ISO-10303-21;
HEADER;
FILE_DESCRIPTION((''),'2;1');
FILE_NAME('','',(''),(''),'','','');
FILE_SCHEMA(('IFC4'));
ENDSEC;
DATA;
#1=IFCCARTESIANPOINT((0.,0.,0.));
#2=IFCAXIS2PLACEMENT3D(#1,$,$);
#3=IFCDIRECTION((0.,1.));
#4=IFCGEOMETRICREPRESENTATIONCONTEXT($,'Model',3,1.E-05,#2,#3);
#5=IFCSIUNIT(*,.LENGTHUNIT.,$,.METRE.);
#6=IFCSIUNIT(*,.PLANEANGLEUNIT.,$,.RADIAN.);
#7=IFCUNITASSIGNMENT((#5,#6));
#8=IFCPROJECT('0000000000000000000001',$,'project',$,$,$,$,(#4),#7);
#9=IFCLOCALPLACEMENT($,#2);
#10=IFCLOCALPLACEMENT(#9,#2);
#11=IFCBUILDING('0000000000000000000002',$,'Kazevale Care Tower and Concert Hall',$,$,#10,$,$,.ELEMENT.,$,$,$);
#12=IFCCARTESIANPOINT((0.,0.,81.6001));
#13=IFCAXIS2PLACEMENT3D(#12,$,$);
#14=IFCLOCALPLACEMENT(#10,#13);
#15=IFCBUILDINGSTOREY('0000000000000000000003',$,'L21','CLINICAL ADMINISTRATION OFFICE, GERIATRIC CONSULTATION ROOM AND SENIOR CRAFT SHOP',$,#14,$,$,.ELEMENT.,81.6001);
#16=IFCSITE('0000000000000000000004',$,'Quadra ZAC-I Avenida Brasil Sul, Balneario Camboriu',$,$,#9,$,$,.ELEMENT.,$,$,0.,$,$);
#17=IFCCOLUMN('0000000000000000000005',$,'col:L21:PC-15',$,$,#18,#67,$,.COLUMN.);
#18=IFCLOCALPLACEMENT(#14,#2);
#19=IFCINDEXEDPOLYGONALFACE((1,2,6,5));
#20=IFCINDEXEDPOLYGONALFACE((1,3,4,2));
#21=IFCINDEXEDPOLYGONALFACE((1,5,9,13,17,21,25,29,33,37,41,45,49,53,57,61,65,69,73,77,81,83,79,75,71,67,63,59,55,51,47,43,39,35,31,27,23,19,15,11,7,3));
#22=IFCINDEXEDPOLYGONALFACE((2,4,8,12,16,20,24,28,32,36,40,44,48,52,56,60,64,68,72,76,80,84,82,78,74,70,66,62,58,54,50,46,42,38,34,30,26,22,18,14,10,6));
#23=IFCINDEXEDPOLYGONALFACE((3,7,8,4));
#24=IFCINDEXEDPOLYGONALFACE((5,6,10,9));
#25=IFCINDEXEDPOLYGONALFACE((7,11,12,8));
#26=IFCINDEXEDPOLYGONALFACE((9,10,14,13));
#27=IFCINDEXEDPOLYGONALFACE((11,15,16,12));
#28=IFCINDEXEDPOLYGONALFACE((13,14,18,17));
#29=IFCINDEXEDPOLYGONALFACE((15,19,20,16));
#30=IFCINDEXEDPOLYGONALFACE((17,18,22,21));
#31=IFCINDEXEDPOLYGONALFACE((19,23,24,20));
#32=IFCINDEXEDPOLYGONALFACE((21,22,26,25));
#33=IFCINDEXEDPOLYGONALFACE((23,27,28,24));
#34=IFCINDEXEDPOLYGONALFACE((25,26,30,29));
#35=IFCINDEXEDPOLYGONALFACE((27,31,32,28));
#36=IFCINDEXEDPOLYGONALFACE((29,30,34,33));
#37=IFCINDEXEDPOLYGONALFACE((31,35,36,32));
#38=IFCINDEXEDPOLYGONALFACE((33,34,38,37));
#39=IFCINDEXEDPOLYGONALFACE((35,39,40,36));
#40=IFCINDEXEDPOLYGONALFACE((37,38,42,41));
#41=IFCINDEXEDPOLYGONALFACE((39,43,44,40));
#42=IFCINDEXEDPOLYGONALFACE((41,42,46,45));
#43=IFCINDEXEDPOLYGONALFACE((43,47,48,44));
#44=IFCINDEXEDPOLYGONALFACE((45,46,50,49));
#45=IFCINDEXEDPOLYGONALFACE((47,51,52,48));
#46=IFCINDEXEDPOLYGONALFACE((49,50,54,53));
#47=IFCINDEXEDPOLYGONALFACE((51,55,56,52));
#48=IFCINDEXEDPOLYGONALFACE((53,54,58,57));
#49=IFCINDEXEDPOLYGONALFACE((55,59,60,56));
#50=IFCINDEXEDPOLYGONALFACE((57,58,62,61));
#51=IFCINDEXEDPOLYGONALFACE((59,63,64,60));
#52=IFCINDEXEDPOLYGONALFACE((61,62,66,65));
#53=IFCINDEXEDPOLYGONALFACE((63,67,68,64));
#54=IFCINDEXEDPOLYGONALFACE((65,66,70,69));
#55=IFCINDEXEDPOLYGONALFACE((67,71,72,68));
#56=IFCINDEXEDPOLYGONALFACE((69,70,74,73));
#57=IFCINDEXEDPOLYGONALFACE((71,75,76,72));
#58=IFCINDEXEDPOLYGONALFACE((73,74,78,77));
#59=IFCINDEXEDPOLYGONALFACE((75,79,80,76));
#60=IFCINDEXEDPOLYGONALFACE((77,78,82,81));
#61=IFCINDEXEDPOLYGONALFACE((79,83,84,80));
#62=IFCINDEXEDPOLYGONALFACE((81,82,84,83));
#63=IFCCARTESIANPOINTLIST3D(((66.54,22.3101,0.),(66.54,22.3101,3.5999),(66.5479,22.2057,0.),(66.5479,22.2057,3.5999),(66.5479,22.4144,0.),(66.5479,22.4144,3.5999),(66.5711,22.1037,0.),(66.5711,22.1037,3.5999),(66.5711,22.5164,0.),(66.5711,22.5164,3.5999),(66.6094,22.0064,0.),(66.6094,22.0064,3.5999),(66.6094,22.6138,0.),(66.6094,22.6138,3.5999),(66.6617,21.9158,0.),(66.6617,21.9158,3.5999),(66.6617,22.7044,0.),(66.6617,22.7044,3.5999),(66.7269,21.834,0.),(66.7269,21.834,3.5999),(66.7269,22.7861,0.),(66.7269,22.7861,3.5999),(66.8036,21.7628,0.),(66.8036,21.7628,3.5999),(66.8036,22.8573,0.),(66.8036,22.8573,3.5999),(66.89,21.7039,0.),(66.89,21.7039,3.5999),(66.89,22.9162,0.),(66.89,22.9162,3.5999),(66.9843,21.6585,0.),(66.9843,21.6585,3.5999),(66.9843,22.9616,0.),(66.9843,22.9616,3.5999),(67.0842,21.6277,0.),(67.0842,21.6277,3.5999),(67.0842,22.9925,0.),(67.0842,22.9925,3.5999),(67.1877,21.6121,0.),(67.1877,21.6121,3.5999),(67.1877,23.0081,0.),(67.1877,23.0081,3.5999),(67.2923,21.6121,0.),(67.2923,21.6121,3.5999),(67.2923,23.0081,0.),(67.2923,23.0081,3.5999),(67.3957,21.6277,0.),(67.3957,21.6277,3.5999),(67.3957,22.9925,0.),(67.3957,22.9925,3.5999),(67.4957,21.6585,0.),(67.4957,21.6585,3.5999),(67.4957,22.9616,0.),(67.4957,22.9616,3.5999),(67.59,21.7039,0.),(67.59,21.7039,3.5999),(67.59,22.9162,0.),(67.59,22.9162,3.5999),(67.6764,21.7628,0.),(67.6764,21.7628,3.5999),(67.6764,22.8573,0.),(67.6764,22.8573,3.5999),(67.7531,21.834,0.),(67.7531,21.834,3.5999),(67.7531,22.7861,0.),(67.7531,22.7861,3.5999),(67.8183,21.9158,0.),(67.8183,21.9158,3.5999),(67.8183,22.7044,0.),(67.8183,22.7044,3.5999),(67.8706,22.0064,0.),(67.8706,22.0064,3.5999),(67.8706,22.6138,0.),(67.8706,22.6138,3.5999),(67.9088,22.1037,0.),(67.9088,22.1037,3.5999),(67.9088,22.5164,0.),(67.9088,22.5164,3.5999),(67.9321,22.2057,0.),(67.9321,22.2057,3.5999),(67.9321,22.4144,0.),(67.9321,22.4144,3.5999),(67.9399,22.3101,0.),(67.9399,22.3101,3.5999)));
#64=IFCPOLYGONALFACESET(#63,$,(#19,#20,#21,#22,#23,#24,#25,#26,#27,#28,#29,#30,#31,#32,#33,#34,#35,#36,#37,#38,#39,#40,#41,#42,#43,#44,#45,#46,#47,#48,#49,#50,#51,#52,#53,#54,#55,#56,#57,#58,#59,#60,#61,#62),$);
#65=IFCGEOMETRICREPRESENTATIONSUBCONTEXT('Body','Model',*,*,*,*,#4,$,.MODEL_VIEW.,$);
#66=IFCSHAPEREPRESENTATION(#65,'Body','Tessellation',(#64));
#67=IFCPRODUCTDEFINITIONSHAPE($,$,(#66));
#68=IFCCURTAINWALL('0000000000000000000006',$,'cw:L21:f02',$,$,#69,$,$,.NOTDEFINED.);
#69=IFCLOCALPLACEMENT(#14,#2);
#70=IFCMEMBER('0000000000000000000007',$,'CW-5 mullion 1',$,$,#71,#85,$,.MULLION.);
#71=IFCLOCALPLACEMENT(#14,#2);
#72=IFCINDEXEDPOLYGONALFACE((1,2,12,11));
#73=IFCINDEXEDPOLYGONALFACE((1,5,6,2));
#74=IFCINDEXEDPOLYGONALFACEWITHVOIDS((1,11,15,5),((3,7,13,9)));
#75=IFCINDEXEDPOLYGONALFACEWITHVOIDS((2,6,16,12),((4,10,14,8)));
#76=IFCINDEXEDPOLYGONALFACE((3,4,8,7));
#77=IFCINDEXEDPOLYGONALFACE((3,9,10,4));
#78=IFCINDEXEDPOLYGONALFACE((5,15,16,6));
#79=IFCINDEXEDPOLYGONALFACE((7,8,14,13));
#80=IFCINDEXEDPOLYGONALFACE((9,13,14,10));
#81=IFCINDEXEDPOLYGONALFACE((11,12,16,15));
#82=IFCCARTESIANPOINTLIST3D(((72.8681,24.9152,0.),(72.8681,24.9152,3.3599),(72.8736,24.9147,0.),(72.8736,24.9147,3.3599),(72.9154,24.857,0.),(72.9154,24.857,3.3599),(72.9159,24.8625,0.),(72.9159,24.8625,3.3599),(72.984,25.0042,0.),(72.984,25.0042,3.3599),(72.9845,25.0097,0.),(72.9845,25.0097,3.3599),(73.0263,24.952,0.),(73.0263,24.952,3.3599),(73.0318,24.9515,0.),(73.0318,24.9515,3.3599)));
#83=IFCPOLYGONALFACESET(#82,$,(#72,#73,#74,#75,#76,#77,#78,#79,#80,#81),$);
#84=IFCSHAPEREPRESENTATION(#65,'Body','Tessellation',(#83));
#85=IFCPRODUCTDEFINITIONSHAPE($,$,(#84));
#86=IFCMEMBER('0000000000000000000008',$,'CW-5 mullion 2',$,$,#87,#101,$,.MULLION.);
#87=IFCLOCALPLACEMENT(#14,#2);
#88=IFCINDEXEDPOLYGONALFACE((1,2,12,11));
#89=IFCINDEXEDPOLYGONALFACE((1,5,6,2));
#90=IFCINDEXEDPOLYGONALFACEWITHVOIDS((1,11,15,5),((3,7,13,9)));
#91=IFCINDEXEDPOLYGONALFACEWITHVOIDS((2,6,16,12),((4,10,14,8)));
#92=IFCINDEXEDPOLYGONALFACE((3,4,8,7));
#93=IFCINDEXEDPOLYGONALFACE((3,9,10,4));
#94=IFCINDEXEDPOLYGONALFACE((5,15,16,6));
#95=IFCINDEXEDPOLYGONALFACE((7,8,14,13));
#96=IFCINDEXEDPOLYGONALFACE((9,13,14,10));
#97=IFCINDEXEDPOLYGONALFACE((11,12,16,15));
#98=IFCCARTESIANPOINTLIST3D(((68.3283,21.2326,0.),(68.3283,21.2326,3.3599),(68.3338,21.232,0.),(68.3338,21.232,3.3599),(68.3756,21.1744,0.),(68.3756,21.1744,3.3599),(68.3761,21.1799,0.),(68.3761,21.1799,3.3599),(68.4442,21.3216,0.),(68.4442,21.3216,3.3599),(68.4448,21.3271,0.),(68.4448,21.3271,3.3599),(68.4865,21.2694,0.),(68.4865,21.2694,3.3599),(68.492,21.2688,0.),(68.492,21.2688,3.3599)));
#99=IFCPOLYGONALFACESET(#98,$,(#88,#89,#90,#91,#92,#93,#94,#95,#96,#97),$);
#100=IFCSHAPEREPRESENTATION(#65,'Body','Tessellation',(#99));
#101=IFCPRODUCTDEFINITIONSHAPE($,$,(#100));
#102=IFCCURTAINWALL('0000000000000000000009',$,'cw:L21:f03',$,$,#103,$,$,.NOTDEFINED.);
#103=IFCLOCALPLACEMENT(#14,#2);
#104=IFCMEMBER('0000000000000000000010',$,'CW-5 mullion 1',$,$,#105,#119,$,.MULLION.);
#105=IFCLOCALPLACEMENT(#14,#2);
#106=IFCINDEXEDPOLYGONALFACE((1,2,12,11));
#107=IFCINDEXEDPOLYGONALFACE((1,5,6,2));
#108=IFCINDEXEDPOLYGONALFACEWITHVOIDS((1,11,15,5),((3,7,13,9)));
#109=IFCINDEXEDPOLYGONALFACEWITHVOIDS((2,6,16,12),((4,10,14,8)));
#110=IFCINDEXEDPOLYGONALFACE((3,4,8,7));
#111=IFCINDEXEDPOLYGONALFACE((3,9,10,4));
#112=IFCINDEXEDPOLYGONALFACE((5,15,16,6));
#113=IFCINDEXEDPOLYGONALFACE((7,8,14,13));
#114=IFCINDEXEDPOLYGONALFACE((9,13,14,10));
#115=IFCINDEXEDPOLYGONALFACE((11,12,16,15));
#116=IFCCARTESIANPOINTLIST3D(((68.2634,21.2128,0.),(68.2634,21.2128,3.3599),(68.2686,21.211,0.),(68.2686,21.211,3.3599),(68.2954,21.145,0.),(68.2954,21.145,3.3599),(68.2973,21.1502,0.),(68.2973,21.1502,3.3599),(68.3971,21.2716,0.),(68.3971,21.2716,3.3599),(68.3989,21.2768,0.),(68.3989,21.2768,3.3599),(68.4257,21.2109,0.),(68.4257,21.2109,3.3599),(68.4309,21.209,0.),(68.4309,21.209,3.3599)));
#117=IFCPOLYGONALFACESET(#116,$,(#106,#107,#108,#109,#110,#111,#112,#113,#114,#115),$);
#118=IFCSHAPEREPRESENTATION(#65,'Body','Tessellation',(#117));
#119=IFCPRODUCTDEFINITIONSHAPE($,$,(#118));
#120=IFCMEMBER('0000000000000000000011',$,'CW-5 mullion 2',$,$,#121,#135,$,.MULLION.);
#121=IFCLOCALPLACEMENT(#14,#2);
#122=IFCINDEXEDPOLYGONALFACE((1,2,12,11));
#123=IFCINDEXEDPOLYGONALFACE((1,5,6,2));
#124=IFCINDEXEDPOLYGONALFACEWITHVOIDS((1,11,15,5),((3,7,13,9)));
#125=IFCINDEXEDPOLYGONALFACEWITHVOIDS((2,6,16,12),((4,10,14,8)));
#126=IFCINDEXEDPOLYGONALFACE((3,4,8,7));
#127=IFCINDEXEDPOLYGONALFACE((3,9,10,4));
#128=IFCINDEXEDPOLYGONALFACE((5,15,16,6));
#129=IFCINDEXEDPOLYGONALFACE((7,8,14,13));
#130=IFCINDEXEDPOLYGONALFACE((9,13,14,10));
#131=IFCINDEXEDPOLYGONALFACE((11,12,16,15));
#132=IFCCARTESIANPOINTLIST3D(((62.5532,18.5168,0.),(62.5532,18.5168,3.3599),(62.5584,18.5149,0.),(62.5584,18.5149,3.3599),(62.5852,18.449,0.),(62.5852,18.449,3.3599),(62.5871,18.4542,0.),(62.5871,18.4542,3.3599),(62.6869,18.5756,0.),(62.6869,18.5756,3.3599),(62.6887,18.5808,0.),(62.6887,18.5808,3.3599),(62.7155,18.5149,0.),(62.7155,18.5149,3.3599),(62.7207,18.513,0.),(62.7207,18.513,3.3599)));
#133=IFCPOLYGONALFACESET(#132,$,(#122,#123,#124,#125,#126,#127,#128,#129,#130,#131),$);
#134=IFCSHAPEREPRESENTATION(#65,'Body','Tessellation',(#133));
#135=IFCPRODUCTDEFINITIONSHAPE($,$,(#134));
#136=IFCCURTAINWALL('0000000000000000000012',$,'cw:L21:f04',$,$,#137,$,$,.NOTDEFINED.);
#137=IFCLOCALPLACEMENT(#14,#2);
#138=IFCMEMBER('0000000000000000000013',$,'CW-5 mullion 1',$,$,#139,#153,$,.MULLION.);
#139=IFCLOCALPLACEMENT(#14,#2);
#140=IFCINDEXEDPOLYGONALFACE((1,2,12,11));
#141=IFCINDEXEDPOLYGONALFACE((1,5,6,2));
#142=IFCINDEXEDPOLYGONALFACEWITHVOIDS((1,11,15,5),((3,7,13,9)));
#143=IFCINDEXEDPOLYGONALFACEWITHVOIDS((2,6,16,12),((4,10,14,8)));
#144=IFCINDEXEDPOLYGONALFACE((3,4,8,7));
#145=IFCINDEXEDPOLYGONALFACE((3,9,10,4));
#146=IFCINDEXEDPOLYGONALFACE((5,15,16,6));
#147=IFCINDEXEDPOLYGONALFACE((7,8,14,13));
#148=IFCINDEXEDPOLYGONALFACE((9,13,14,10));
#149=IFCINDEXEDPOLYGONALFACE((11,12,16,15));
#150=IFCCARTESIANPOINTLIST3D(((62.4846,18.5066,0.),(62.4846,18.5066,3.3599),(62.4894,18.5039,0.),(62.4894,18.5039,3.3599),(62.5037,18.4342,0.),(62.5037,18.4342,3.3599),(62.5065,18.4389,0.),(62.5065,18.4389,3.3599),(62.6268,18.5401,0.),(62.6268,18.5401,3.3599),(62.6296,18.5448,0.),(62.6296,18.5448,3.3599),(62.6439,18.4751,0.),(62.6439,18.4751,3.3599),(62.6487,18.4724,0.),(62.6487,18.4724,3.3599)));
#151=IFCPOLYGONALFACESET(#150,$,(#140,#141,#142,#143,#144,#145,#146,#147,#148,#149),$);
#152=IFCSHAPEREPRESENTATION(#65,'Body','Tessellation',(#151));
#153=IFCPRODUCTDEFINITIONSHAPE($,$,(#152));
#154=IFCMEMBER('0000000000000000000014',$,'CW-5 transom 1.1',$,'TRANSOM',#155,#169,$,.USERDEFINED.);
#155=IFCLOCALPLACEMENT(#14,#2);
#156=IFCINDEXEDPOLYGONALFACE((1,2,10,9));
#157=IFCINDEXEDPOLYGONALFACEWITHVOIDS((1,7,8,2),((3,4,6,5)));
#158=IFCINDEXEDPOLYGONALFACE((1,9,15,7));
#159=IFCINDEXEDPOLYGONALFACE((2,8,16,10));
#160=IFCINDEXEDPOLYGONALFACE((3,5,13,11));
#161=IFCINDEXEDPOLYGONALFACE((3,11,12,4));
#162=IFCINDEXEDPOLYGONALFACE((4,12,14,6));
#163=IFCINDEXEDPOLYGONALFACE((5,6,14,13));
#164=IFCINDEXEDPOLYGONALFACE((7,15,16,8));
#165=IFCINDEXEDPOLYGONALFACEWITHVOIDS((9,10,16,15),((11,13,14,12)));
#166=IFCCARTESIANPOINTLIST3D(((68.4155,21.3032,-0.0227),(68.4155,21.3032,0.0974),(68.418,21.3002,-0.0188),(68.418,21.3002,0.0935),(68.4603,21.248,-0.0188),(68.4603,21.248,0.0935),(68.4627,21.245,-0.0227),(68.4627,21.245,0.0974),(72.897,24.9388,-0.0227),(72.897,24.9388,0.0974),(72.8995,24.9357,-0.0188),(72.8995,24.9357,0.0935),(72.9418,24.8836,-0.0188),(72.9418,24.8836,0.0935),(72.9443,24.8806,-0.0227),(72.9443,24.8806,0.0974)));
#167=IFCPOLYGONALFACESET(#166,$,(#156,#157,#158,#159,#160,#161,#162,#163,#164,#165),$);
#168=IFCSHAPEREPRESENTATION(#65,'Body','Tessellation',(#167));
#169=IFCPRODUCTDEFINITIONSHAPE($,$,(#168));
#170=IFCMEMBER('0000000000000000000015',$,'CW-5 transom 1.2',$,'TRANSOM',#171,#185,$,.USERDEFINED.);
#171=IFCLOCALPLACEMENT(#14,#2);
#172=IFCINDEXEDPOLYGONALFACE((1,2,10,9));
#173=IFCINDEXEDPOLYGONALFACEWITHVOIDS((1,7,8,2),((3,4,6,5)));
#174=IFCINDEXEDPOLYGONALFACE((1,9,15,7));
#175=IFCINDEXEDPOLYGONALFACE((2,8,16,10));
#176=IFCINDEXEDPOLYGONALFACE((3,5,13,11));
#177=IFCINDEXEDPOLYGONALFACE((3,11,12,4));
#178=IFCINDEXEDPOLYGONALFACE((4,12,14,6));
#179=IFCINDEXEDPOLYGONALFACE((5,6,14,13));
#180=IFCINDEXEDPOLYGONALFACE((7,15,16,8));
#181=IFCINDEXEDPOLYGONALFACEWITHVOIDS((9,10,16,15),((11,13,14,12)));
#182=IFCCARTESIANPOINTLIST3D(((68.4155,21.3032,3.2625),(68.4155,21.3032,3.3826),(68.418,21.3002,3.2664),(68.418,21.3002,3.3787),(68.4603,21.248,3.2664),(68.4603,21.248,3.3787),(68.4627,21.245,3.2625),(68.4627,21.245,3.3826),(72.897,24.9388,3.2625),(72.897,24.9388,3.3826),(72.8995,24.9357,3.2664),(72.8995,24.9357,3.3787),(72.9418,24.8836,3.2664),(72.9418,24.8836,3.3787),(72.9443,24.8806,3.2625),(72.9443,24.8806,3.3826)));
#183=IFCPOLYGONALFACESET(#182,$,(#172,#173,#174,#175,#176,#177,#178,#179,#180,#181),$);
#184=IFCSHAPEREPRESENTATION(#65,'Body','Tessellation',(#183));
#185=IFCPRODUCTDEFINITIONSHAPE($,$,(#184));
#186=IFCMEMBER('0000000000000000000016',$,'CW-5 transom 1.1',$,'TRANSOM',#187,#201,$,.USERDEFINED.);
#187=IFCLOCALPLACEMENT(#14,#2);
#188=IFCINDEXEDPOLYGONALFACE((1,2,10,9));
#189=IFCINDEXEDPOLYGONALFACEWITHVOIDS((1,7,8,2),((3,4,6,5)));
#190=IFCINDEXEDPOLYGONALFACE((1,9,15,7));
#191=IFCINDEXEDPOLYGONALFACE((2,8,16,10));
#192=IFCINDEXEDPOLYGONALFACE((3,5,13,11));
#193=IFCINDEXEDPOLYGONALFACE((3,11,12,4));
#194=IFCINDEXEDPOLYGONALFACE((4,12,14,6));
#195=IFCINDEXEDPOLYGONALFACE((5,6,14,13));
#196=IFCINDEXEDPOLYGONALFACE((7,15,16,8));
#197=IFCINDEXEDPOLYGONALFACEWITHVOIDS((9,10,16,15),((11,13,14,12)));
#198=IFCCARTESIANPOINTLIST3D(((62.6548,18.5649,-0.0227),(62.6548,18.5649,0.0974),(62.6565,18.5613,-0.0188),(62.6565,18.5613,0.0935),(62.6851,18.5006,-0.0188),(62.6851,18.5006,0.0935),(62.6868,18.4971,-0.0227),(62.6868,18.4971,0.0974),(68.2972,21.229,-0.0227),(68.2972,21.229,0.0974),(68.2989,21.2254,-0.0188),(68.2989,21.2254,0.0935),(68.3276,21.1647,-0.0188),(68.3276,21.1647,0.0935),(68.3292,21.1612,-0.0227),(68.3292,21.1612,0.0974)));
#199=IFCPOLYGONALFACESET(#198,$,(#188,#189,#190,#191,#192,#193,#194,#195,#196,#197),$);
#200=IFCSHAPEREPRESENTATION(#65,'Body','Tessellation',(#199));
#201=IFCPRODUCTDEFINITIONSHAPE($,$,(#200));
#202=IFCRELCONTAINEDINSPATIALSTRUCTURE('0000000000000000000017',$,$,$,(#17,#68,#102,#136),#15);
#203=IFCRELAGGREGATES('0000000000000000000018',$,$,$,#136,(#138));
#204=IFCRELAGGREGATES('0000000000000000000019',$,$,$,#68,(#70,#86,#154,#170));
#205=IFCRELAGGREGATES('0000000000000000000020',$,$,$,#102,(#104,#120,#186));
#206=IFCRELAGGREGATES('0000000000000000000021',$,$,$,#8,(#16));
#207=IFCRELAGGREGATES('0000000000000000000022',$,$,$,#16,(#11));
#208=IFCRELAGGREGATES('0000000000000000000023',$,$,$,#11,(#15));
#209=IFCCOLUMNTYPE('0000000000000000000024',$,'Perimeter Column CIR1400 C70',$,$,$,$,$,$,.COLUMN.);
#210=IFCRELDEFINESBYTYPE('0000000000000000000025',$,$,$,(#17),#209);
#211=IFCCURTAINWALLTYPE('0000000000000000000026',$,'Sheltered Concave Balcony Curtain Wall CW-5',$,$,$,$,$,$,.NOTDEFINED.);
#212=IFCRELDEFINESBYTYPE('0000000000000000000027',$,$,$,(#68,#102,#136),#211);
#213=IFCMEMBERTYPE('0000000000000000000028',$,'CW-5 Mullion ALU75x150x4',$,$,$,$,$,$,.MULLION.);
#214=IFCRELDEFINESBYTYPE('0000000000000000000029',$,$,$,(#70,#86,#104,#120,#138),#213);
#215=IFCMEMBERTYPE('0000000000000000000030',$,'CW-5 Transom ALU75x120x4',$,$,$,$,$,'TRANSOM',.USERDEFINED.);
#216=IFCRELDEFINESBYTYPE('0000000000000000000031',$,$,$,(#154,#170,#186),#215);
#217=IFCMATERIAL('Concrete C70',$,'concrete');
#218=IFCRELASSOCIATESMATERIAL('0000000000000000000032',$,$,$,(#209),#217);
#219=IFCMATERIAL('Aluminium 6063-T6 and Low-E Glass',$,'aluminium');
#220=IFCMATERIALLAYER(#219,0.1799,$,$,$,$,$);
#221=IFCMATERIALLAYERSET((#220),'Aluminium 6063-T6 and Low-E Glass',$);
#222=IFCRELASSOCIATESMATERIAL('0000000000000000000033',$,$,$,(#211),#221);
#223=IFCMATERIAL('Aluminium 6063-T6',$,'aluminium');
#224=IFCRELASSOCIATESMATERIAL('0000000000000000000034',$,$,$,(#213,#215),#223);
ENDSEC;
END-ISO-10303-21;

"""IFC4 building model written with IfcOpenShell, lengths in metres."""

from ifc_helpers import new_model, si_unit, direction, frame, origin, origin_2d, place, context, subcontext, project, spatial, hollow_rectangle, circle, extrude, material, layer, layer_set, material_profile, profile_set, type_object, element, aggregate, save


model = new_model("IFC4")

# Units and contexts
model_context = context("Model", 3, precision=1e-05, world=origin(), true_north=direction((0.0, 1.0)))
body_context = subcontext(model_context, "Body", "Model", "MODEL_VIEW")
ifc_project = project(units=[si_unit("LENGTHUNIT", "METRE"), si_unit("PLANEANGLEUNIT", "RADIAN")], contexts=[model_context])

# Site, building, storey
site_placement = place(None, origin())
site = spatial("IfcSite", under=ifc_project, at=site_placement, Name="Quadra ZAC-I Avenida Brasil Sul, Balneario Camboriu", CompositionType="ELEMENT", RefElevation=0.0)
building_placement = place(site_placement, origin())
building = spatial("IfcBuilding", under=site, at=building_placement, Name="Kazevale Care Tower and Concert Hall", CompositionType="ELEMENT")
storey_placement = place(building_placement, frame((0.0, 0.0, 81.6001)))
storey = spatial("IfcBuildingStorey", under=building, at=storey_placement, Name="L21", Description="CLINICAL ADMINISTRATION OFFICE, GERIATRIC CONSULTATION ROOM AND SENIOR CRAFT SHOP", CompositionType="ELEMENT", Elevation=81.6001)

# Column
ifc_material_1 = material(Name="Concrete C70", Category="concrete")
ifc_material_profile_1 = material_profile(ifc_material_1, circle(Radius=0.7, at=origin_2d()), Name="RC-CIR1400")
ifc_profile_set_1 = profile_set([ifc_material_profile_1], Name="Concrete C70")
column_type = type_object("IfcColumnType", Name="Perimeter Column CIR1400 C70", PredefinedType="COLUMN", material=ifc_profile_set_1)
column_placement = place(storey_placement, frame((67.24, 22.3101, 0.0), z_axis=(0.0, 0.0, 1.0), x_axis=(1.0, 0.0, 0.0)))
element("IfcColumn", 1, at=column_placement, inside=storey, type_object=column_type, Name="col:L21:PC-15", PredefinedType="COLUMN", context=body_context, shape_type="SweptSolid", body=[
    extrude(circle(Radius=0.7, at=origin_2d()), origin(), (0.0, 0.0, 1.0), 3.5999),
])

# Curtain walls, members
ifc_material_2 = material(Name="Aluminium 6063-T6 and Low-E Glass", Category="aluminium")
ifc_layer_1 = layer(ifc_material_2, 0.1799)
ifc_layer_set_1 = layer_set([ifc_layer_1], Name="Aluminium 6063-T6 and Low-E Glass")
curtain_wall_type = type_object("IfcCurtainWallType", Name="Sheltered Concave Balcony Curtain Wall CW-5", PredefinedType="NOTDEFINED", material=ifc_layer_set_1)
curtain_wall_1_placement = place(storey_placement, origin())
curtain_wall_1 = element("IfcCurtainWall", 2, at=curtain_wall_1_placement, inside=storey, type_object=curtain_wall_type, Name="cw:L21:f02", PredefinedType="NOTDEFINED")
ifc_material_3 = material(Name="Aluminium 6063-T6", Category="aluminium")
ifc_material_profile_2 = material_profile(ifc_material_3, hollow_rectangle(XDim=0.075, YDim=0.1499, WallThickness=0.0039, at=origin_2d()), Name="ALU75x150x4")
ifc_profile_set_2 = profile_set([ifc_material_profile_2], Name="Aluminium 6063-T6")
member_type_1 = type_object("IfcMemberType", Name="CW-5 Mullion ALU75x150x4", PredefinedType="MULLION", material=ifc_profile_set_2)
member_1_placement = place(storey_placement, frame((72.95, 24.9333, 0.0), z_axis=(0.0, 0.0, 1.0), x_axis=(0.629995, -0.776599, 0.0)))
member_1 = element("IfcMember", 3, at=member_1_placement, type_object=member_type_1, Name="CW-5 mullion 1", PredefinedType="MULLION", context=body_context, shape_type="SweptSolid", body=[
    extrude(hollow_rectangle(XDim=0.075, YDim=0.1499, WallThickness=0.0039, at=origin_2d()), origin(), (0.0, 0.0, 1.0), 3.3599),
])
member_2_placement = place(storey_placement, frame((68.4102, 21.2507, 0.0), z_axis=(0.0, 0.0, 1.0), x_axis=(0.629995, -0.776599, 0.0)))
member_2 = element("IfcMember", 4, at=member_2_placement, type_object=member_type_1, Name="CW-5 mullion 2", PredefinedType="MULLION", context=body_context, shape_type="SweptSolid", body=[
    extrude(hollow_rectangle(XDim=0.075, YDim=0.1499, WallThickness=0.0039, at=origin_2d()), origin(), (0.0, 0.0, 1.0), 3.3599),
])
curtain_wall_2_placement = place(storey_placement, origin())
curtain_wall_2 = element("IfcCurtainWall", 5, at=curtain_wall_2_placement, inside=storey, type_object=curtain_wall_type, Name="cw:L21:f03", PredefinedType="NOTDEFINED")
member_3_placement = place(storey_placement, frame((68.3472, 21.2109, 0.0), z_axis=(0.0, 0.0, 1.0), x_axis=(0.426942, -0.904279, 0.0)))
member_3 = element("IfcMember", 6, at=member_3_placement, type_object=member_type_1, Name="CW-5 mullion 1", PredefinedType="MULLION", context=body_context, shape_type="SweptSolid", body=[
    extrude(hollow_rectangle(XDim=0.075, YDim=0.1499, WallThickness=0.0039, at=origin_2d()), origin(), (0.0, 0.0, 1.0), 3.3599),
])
member_4_placement = place(storey_placement, frame((62.637, 18.5149, 0.0), z_axis=(0.0, 0.0, 1.0), x_axis=(0.426942, -0.904279, 0.0)))
member_4 = element("IfcMember", 7, at=member_4_placement, type_object=member_type_1, Name="CW-5 mullion 2", PredefinedType="MULLION", context=body_context, shape_type="SweptSolid", body=[
    extrude(hollow_rectangle(XDim=0.075, YDim=0.1499, WallThickness=0.0039, at=origin_2d()), origin(), (0.0, 0.0, 1.0), 3.3599),
])

# Curtain wall, member
curtain_wall_3_placement = place(storey_placement, origin())
curtain_wall_3 = element("IfcCurtainWall", 8, at=curtain_wall_3_placement, inside=storey, type_object=curtain_wall_type, Name="cw:L21:f04", PredefinedType="NOTDEFINED")
member_5_placement = place(storey_placement, frame((62.5667, 18.4895, 0.0), z_axis=(0.0, 0.0, 1.0), x_axis=(0.254829, -0.966986, 0.0)))
member_5 = element("IfcMember", 9, at=member_5_placement, type_object=member_type_1, Name="CW-5 mullion 1", PredefinedType="MULLION", context=body_context, shape_type="SweptSolid", body=[
    extrude(hollow_rectangle(XDim=0.075, YDim=0.1499, WallThickness=0.0039, at=origin_2d()), origin(), (0.0, 0.0, 1.0), 3.3599),
])

# Members
ifc_material_profile_3 = material_profile(ifc_material_3, hollow_rectangle(XDim=0.075, YDim=0.1201, WallThickness=0.0039, at=origin_2d()), Name="ALU75x120x4")
ifc_profile_set_3 = profile_set([ifc_material_profile_3], Name="Aluminium 6063-T6")
member_type_2 = type_object("IfcMemberType", Name="CW-5 Transom ALU75x120x4", ElementType="TRANSOM", PredefinedType="USERDEFINED", material=ifc_profile_set_3)
member_6_placement = place(storey_placement, frame((72.9207, 24.9097, 0.0374), z_axis=(-0.776595, -0.63, 0.0), x_axis=(0.63, -0.776595, 0.0)))
member_6 = element("IfcMember", 10, at=member_6_placement, type_object=member_type_2, Name="CW-5 transom 1.1", ObjectType="TRANSOM", PredefinedType="USERDEFINED", context=body_context, shape_type="SweptSolid", body=[
    extrude(hollow_rectangle(XDim=0.075, YDim=0.1201, WallThickness=0.0039, at=origin_2d()), origin(), (0.0, 0.0, 1.0), 5.7708),
])
member_7_placement = place(storey_placement, frame((72.9207, 24.9097, 3.3225), z_axis=(-0.776595, -0.63, 0.0), x_axis=(0.63, -0.776595, 0.0)))
member_7 = element("IfcMember", 11, at=member_7_placement, type_object=member_type_2, Name="CW-5 transom 1.2", ObjectType="TRANSOM", PredefinedType="USERDEFINED", context=body_context, shape_type="SweptSolid", body=[
    extrude(hollow_rectangle(XDim=0.075, YDim=0.1201, WallThickness=0.0039, at=origin_2d()), origin(), (0.0, 0.0, 1.0), 5.7708),
])
member_8_placement = place(storey_placement, frame((68.3132, 21.1951, 0.0374), z_axis=(-0.904272, -0.426957, 0.0), x_axis=(0.426957, -0.904272, 0.0)))
member_8 = element("IfcMember", 12, at=member_8_placement, type_object=member_type_2, Name="CW-5 transom 1.1", ObjectType="TRANSOM", PredefinedType="USERDEFINED", context=body_context, shape_type="SweptSolid", body=[
    extrude(hollow_rectangle(XDim=0.075, YDim=0.1201, WallThickness=0.0039, at=origin_2d()), origin(), (0.0, 0.0, 1.0), 6.2397),
])
aggregate(curtain_wall_3, [member_5])

aggregate(curtain_wall_1, [member_1, member_2, member_6, member_7])
aggregate(curtain_wall_2, [member_3, member_4, member_8])

save(model, "model.ifc")
